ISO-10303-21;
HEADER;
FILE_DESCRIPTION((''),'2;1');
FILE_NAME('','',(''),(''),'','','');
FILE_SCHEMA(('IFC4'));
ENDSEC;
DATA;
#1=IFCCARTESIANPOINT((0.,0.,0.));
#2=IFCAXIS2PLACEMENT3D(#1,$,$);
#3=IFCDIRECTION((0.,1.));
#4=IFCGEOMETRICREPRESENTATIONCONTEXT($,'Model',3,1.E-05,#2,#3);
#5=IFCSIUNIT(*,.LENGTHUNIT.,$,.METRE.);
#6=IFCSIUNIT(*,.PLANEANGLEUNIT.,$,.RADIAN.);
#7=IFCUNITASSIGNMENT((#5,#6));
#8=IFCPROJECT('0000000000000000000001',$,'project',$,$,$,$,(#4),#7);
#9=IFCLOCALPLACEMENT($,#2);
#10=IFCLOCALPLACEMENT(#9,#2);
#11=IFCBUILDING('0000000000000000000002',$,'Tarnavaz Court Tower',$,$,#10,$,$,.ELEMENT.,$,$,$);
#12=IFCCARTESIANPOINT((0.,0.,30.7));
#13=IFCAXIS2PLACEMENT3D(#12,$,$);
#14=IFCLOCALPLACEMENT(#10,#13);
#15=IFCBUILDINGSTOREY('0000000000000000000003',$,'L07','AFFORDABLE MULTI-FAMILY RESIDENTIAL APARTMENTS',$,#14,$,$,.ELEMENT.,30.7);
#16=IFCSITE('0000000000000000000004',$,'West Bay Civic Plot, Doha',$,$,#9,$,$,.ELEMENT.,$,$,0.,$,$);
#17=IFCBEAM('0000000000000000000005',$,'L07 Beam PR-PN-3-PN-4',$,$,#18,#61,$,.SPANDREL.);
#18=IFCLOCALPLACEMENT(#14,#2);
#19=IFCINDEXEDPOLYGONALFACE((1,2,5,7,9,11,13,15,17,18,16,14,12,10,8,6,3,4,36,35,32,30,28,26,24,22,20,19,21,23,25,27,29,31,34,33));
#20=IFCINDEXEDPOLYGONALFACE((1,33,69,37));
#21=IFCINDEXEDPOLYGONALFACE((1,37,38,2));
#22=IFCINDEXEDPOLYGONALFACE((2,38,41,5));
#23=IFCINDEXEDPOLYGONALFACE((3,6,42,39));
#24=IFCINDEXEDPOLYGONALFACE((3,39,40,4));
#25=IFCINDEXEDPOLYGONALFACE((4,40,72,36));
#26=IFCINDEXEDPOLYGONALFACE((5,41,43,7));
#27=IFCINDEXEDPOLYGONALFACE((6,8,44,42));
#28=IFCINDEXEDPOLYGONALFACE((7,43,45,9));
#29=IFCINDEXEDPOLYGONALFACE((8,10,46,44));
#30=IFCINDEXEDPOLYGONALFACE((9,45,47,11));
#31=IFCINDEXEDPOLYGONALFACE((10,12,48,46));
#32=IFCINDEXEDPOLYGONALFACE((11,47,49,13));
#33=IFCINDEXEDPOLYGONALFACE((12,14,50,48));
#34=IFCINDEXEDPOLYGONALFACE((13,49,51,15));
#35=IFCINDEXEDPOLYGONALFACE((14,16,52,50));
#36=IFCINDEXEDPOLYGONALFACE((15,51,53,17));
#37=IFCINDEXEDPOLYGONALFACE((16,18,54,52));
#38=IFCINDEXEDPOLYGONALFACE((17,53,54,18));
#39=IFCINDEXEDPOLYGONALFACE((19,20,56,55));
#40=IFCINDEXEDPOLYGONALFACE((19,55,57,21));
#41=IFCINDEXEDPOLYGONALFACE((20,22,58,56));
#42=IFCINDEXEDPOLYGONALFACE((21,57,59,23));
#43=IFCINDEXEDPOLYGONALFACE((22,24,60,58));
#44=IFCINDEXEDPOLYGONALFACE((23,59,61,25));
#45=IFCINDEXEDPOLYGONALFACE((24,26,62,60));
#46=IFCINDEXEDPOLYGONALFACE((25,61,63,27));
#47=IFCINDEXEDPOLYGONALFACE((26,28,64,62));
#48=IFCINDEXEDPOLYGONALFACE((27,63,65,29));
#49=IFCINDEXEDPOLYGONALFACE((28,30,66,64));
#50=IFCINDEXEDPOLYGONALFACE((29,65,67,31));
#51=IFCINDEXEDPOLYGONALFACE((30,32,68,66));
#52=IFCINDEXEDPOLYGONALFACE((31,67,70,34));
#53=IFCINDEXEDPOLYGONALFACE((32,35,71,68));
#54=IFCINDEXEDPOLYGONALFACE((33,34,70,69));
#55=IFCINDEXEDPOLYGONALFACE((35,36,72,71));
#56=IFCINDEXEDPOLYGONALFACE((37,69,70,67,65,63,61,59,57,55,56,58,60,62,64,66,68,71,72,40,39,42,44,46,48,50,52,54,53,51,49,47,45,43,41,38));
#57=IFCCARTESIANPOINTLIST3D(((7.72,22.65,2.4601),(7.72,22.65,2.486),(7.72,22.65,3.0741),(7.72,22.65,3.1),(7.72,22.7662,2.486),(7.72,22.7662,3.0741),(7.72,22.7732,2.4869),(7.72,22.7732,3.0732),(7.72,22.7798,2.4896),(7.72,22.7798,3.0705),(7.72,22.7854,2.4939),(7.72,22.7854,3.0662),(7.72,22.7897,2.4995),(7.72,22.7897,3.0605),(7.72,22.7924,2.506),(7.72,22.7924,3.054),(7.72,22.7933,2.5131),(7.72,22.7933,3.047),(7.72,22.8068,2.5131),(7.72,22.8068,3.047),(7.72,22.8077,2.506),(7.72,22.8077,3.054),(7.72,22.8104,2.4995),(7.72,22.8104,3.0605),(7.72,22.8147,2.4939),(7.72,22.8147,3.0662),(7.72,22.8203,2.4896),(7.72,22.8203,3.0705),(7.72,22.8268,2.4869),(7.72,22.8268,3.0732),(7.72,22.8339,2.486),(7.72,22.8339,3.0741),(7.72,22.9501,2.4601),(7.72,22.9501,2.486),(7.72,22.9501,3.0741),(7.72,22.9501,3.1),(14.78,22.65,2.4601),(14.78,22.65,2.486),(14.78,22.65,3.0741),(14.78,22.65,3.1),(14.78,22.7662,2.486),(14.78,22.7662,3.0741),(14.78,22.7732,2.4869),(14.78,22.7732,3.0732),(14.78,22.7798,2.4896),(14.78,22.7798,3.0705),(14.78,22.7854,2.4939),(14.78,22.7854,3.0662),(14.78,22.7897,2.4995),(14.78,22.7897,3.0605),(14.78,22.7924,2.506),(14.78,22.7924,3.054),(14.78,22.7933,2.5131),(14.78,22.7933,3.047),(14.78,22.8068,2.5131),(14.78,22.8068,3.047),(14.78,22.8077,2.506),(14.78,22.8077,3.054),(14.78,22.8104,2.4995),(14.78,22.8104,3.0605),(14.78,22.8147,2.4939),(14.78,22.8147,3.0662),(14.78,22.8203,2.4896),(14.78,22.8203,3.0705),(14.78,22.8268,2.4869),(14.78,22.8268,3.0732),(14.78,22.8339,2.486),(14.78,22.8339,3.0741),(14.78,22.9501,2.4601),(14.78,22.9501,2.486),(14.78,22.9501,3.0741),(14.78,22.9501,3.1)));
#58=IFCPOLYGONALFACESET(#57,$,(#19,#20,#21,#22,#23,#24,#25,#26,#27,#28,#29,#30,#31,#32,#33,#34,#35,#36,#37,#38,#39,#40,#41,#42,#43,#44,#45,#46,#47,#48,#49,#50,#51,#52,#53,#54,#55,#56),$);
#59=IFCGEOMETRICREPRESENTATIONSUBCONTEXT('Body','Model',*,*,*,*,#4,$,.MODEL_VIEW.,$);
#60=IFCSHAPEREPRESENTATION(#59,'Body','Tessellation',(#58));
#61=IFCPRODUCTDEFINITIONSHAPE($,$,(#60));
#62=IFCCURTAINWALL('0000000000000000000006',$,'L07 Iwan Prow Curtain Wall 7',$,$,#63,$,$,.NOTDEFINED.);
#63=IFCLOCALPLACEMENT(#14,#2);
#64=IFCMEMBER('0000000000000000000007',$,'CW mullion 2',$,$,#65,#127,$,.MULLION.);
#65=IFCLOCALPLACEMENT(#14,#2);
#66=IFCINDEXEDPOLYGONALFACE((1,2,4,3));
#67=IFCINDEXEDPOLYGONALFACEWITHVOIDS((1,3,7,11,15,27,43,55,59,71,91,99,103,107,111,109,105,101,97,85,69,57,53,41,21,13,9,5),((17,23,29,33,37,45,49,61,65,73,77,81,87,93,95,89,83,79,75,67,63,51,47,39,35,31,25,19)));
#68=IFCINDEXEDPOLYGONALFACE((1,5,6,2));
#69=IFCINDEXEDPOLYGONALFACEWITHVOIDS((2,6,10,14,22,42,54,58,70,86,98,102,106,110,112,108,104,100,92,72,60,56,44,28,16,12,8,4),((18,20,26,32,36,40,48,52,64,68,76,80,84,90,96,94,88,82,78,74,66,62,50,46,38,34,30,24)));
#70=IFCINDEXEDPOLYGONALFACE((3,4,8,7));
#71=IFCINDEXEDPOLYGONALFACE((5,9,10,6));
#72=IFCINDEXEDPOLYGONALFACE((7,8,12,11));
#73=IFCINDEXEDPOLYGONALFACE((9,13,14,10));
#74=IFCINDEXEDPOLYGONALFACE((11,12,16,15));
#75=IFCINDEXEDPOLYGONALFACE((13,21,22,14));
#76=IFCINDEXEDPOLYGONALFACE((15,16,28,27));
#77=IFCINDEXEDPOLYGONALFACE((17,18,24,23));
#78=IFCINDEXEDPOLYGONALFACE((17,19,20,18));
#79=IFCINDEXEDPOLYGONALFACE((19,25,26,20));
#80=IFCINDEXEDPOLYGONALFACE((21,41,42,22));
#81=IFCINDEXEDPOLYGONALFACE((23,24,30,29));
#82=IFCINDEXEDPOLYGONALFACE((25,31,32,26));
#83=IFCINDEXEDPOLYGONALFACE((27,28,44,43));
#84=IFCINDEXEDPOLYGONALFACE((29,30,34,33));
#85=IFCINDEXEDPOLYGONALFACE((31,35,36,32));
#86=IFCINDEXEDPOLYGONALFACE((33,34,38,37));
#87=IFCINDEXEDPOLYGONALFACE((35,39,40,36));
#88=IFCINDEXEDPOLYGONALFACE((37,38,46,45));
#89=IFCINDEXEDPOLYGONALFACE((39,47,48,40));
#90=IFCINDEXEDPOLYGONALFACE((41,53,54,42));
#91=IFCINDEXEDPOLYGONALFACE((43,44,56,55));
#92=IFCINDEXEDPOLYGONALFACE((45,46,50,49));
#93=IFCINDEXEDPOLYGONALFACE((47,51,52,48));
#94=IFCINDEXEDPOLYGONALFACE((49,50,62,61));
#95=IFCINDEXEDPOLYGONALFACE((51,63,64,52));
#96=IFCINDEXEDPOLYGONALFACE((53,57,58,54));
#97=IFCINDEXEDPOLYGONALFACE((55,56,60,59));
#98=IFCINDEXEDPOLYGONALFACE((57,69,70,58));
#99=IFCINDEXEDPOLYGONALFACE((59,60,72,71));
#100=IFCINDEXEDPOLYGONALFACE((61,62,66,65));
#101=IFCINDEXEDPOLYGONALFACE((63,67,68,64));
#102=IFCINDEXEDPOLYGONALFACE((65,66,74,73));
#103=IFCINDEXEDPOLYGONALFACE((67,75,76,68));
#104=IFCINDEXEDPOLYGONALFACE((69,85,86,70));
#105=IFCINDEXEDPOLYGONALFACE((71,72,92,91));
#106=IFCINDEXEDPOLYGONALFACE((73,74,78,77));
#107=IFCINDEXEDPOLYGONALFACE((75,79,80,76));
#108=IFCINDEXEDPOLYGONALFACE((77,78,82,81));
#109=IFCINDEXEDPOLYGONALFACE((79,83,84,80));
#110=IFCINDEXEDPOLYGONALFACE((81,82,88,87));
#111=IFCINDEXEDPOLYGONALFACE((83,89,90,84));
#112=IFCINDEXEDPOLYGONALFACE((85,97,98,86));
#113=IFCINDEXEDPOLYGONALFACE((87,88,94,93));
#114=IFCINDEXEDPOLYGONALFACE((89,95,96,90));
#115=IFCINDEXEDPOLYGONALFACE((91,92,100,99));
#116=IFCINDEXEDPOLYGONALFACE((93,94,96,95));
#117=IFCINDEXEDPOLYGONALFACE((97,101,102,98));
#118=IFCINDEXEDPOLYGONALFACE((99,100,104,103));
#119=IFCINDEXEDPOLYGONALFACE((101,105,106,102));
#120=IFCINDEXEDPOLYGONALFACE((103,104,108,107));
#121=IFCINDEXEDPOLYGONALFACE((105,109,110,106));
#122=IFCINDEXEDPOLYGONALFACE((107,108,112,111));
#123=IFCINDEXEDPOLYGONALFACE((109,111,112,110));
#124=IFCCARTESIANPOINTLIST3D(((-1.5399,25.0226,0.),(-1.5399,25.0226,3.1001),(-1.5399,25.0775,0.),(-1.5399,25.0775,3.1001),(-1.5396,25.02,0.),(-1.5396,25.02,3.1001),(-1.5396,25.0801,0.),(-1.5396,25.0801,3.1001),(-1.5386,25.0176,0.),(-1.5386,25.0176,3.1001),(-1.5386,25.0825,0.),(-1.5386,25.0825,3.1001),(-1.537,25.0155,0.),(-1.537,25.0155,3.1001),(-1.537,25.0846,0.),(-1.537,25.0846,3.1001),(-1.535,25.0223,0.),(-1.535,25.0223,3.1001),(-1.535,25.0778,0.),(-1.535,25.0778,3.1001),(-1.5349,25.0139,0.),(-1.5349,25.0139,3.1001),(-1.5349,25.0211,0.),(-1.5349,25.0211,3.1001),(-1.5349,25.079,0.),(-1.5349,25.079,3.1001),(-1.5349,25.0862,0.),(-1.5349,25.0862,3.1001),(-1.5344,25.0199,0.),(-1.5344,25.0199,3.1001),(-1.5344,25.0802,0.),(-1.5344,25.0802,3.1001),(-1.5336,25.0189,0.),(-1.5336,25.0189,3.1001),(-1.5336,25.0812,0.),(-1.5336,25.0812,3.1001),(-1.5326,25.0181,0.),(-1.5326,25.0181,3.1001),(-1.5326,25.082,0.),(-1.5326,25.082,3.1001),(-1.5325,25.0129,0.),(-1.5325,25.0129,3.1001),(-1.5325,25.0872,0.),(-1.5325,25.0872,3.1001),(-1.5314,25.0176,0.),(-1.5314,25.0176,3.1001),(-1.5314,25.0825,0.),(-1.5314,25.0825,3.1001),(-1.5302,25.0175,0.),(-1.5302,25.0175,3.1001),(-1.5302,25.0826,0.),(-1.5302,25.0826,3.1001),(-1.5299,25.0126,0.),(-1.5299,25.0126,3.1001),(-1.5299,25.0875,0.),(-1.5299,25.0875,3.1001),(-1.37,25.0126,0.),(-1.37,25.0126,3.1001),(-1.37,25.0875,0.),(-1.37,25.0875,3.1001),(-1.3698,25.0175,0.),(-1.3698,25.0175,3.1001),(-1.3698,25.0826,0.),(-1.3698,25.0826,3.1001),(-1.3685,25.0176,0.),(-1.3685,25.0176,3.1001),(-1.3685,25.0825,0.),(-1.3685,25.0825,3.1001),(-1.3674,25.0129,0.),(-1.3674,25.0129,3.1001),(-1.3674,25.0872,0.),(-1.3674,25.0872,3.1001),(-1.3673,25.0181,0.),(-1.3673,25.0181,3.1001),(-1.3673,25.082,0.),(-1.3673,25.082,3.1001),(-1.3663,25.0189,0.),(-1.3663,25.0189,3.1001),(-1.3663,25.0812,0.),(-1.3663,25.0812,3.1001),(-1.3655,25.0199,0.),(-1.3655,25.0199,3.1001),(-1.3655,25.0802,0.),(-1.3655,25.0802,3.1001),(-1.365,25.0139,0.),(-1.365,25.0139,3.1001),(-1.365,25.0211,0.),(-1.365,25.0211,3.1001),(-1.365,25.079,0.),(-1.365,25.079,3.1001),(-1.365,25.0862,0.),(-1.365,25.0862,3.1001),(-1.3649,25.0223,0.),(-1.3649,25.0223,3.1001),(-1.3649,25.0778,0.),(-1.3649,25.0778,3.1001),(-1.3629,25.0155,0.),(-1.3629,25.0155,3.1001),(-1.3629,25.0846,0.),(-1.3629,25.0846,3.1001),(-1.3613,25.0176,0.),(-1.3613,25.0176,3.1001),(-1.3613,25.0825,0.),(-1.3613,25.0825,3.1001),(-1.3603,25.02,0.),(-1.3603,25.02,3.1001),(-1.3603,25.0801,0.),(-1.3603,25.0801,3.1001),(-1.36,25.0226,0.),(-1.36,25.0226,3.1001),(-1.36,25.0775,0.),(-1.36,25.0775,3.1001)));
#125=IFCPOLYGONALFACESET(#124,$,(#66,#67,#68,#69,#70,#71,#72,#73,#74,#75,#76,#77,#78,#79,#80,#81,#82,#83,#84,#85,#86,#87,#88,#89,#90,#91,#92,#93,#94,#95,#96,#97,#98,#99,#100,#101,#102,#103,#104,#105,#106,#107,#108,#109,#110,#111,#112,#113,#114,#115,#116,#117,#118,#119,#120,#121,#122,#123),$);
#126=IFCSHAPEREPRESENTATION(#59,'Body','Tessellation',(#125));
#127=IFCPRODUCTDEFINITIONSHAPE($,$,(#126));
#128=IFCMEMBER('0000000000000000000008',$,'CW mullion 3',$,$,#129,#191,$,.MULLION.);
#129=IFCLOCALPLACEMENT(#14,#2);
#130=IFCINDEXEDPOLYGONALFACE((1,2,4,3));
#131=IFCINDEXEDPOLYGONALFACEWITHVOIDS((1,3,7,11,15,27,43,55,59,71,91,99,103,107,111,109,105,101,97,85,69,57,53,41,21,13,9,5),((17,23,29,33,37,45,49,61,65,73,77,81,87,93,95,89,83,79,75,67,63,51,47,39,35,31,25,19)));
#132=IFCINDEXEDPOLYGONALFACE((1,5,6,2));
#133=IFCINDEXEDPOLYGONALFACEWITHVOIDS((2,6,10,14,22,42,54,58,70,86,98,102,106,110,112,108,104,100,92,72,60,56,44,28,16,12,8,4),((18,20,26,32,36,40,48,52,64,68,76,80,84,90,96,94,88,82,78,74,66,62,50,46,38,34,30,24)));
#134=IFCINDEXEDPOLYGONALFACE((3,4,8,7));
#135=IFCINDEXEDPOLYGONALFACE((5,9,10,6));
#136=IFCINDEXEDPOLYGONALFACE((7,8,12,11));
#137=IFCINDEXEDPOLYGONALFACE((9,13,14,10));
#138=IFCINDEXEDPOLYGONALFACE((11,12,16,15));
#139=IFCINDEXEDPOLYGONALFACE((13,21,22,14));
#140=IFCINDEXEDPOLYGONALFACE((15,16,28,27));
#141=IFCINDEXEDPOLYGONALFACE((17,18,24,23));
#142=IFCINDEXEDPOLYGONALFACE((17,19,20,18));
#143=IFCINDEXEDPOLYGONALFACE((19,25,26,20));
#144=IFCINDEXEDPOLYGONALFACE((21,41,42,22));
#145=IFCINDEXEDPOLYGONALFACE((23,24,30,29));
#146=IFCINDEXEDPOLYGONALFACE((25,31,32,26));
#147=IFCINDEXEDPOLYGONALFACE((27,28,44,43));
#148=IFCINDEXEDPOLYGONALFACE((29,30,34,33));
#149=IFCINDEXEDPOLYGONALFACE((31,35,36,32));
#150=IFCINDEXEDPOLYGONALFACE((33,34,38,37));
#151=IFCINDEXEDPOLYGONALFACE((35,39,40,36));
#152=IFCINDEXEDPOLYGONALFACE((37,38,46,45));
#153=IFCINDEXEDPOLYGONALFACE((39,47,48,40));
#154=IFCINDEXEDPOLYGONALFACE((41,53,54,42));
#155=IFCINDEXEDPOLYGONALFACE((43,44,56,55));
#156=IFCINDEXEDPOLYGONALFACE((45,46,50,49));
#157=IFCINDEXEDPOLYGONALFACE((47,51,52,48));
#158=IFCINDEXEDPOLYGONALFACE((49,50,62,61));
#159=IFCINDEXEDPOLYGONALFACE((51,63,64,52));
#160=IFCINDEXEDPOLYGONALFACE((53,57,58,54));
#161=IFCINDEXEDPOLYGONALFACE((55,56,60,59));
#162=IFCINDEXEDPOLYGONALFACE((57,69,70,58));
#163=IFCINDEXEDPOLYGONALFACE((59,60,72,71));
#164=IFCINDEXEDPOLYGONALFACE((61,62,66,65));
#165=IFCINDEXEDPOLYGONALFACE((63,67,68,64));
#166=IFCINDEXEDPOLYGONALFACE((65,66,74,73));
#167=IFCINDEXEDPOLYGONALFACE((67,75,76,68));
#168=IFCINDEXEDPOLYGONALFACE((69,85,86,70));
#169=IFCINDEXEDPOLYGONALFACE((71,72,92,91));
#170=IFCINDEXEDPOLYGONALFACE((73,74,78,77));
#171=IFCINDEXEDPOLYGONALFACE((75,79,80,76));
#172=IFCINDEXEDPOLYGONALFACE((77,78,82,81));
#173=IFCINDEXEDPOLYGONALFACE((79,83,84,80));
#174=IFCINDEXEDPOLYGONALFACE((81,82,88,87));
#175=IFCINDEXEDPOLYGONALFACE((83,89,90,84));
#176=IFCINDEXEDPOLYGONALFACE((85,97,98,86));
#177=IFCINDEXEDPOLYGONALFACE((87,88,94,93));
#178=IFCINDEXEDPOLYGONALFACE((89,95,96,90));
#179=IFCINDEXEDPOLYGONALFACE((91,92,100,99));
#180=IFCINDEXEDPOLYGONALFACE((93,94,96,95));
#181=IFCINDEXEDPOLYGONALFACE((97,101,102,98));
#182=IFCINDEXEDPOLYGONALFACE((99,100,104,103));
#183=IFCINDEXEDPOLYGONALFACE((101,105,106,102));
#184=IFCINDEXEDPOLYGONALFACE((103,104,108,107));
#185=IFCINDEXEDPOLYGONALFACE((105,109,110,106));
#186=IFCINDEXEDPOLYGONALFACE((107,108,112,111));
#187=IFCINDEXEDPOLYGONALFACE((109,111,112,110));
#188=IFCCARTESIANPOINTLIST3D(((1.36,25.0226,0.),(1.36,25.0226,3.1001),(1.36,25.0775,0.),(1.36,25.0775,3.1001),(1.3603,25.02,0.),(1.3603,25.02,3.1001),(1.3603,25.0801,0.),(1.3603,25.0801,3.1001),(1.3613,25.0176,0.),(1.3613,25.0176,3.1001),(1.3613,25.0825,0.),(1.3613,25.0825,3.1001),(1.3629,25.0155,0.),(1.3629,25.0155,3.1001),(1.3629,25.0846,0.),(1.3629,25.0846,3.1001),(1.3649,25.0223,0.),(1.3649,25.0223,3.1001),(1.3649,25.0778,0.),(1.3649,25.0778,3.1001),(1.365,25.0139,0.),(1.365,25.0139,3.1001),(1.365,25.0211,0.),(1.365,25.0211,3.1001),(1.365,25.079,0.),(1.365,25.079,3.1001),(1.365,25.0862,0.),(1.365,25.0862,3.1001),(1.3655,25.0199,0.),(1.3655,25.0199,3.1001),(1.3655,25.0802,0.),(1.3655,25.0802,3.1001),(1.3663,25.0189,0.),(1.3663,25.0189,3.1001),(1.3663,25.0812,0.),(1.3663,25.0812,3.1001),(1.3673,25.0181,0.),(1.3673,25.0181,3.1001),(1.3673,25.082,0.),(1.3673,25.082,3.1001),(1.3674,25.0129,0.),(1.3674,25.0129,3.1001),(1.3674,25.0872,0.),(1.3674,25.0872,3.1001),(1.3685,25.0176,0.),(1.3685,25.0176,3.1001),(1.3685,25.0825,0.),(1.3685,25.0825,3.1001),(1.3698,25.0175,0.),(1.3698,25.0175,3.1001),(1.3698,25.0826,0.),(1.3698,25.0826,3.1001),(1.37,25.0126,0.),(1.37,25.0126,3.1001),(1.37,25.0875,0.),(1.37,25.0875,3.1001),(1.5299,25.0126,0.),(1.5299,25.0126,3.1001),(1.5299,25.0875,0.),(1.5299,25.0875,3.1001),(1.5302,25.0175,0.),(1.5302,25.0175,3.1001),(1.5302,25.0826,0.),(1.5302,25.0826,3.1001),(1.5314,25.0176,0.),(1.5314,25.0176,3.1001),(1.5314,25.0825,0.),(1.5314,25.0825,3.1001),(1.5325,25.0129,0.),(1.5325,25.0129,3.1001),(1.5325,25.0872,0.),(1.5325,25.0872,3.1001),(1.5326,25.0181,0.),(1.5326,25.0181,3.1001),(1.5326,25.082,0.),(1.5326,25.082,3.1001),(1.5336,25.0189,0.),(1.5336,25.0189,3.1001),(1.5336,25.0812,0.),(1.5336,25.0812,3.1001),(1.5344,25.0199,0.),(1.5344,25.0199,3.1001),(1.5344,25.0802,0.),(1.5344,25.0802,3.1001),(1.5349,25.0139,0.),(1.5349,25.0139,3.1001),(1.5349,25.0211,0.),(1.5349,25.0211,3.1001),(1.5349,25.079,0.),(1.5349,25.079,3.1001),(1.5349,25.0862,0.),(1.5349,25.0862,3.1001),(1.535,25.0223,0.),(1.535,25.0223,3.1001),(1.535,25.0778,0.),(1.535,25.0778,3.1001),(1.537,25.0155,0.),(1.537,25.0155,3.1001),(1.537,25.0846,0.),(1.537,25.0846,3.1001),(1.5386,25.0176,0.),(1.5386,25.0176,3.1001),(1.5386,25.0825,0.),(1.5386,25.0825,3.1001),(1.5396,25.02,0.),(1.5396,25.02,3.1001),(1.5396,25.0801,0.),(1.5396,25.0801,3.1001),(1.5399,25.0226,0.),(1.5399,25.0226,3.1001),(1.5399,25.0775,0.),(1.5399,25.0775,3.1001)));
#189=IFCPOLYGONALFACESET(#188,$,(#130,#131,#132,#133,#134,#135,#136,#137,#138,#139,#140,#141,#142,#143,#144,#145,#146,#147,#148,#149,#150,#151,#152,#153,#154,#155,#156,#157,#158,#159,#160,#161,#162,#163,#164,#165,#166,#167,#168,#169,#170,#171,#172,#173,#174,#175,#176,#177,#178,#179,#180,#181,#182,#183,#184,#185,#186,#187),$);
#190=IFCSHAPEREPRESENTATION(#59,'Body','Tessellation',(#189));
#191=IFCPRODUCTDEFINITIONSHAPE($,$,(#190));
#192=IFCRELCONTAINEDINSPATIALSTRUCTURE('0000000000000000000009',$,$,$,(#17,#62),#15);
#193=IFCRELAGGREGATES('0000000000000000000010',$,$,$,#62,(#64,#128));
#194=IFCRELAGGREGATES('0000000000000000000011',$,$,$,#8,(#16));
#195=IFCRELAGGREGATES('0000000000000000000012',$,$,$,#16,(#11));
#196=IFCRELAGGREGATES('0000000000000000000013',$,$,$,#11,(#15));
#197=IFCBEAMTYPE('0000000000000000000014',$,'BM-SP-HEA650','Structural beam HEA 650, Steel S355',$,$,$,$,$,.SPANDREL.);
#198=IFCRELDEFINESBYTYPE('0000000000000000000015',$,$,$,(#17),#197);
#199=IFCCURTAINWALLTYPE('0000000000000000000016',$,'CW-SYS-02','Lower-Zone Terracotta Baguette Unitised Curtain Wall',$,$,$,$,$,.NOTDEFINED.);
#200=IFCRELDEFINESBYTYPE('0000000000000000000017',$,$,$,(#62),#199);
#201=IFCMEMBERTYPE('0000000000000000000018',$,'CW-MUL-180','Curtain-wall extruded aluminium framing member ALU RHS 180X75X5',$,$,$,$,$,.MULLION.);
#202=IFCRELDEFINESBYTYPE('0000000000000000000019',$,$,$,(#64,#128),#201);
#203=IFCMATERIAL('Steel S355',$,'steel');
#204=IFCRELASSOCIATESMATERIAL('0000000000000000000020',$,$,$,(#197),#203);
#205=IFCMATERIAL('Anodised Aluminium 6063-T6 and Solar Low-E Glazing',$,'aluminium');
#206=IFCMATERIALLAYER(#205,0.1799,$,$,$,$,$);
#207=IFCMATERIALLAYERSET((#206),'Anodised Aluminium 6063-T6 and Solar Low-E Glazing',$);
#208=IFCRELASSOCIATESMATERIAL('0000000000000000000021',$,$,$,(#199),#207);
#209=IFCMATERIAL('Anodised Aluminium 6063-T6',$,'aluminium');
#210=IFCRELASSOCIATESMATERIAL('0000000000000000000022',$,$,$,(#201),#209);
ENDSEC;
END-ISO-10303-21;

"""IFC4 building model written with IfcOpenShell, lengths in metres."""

from ifc_helpers import new_model, si_unit, direction, frame, origin, origin_2d, place, context, subcontext, project, spatial, hollow_rectangle, i_section, extrude, material, layer, layer_set, material_profile, profile_set, type_object, element, aggregate, save


model = new_model("IFC4")

# Units and contexts
model_context = context("Model", 3, precision=1e-05, world=origin(), true_north=direction((0.0, 1.0)))
body_context = subcontext(model_context, "Body", "Model", "MODEL_VIEW")
ifc_project = project(units=[si_unit("LENGTHUNIT", "METRE"), si_unit("PLANEANGLEUNIT", "RADIAN")], contexts=[model_context])

# Site, building, storey
site_placement = place(None, origin())
site = spatial("IfcSite", under=ifc_project, at=site_placement, Name="West Bay Civic Plot, Doha", CompositionType="ELEMENT", RefElevation=0.0)
building_placement = place(site_placement, origin())
building = spatial("IfcBuilding", under=site, at=building_placement, Name="Tarnavaz Court Tower", CompositionType="ELEMENT")
storey_placement = place(building_placement, frame((0.0, 0.0, 30.7)))
storey = spatial("IfcBuildingStorey", under=building, at=storey_placement, Name="L07", Description="AFFORDABLE MULTI-FAMILY RESIDENTIAL APARTMENTS", CompositionType="ELEMENT", Elevation=30.7)

# Beam
ifc_material_1 = material(Name="Steel S355", Category="steel")
ifc_material_profile_1 = material_profile(ifc_material_1, i_section(OverallWidth=0.3, OverallDepth=0.6399, WebThickness=0.0134, FlangeThickness=0.0259, FilletRadius=0.0271, at=origin_2d()), Name="HEA 650")
ifc_profile_set_1 = profile_set([ifc_material_profile_1], Name="Steel S355")
beam_type_1 = type_object("IfcBeamType", Name="BM-SP-HEA650", Description="Structural beam HEA 650, Steel S355", PredefinedType="SPANDREL", material=ifc_profile_set_1)
beam_placement = place(storey_placement, frame((7.72, 22.8, 2.78), z_axis=(1.0, 0.0, 0.0), x_axis=(0.0, 1.0, 0.0)))
element("IfcBeam", 1, at=beam_placement, inside=storey, type_object=beam_type_1, Name="L07 Beam PR-PN-3-PN-4", PredefinedType="SPANDREL", context=body_context, shape_type="SweptSolid", body=[
    extrude(i_section(OverallWidth=0.3, OverallDepth=0.6399, WebThickness=0.0134, FlangeThickness=0.0259, FilletRadius=0.0271, at=origin_2d()), origin(), (0.0, 0.0, 1.0), 7.0601),
])

# Curtain wall, members
ifc_material_2 = material(Name="Anodised Aluminium 6063-T6 and Solar Low-E Glazing", Category="aluminium")
ifc_layer_1 = layer(ifc_material_2, 0.1799)
ifc_layer_set_1 = layer_set([ifc_layer_1], Name="Anodised Aluminium 6063-T6 and Solar Low-E Glazing")
curtain_wall_type = type_object("IfcCurtainWallType", Name="CW-SYS-02", Description="Lower-Zone Terracotta Baguette Unitised Curtain Wall", PredefinedType="NOTDEFINED", material=ifc_layer_set_1)
curtain_wall_placement = place(storey_placement, origin())
curtain_wall = element("IfcCurtainWall", 2, at=curtain_wall_placement, inside=storey, type_object=curtain_wall_type, Name="L07 Iwan Prow Curtain Wall 7", PredefinedType="NOTDEFINED")
ifc_material_3 = material(Name="Anodised Aluminium 6063-T6", Category="aluminium")
ifc_material_profile_2 = material_profile(ifc_material_3, hollow_rectangle(XDim=0.075, YDim=0.1799, WallThickness=0.0049, InnerFilletRadius=0.0049, OuterFilletRadius=0.01, at=origin_2d()), Name="ALU RHS 180X75X5")
ifc_profile_set_2 = profile_set([ifc_material_profile_2], Name="Anodised Aluminium 6063-T6")
member_type_1 = type_object("IfcMemberType", Name="CW-MUL-180", Description="Curtain-wall extruded aluminium framing member ALU RHS 180X75X5", PredefinedType="MULLION", material=ifc_profile_set_2)
member_1_placement = place(storey_placement, frame((-1.45, 25.05, 0.0), z_axis=(0.0, 0.0, 1.0), x_axis=(0.0, 1.0, 0.0)))
member_1 = element("IfcMember", 3, at=member_1_placement, type_object=member_type_1, Name="CW mullion 2", PredefinedType="MULLION", context=body_context, shape_type="SweptSolid", body=[
    extrude(hollow_rectangle(XDim=0.075, YDim=0.1799, WallThickness=0.0049, InnerFilletRadius=0.0049, OuterFilletRadius=0.01, at=origin_2d()), origin(), (0.0, 0.0, 1.0), 3.1001),
])
member_2_placement = place(storey_placement, frame((1.45, 25.05, 0.0), z_axis=(0.0, 0.0, 1.0), x_axis=(0.0, 1.0, 0.0)))
member_2 = element("IfcMember", 4, at=member_2_placement, type_object=member_type_1, Name="CW mullion 3", PredefinedType="MULLION", context=body_context, shape_type="SweptSolid", body=[
    extrude(hollow_rectangle(XDim=0.075, YDim=0.1799, WallThickness=0.0049, InnerFilletRadius=0.0049, OuterFilletRadius=0.01, at=origin_2d()), origin(), (0.0, 0.0, 1.0), 3.1001),
])
aggregate(curtain_wall, [member_1, member_2])

save(model, "model.ifc")
